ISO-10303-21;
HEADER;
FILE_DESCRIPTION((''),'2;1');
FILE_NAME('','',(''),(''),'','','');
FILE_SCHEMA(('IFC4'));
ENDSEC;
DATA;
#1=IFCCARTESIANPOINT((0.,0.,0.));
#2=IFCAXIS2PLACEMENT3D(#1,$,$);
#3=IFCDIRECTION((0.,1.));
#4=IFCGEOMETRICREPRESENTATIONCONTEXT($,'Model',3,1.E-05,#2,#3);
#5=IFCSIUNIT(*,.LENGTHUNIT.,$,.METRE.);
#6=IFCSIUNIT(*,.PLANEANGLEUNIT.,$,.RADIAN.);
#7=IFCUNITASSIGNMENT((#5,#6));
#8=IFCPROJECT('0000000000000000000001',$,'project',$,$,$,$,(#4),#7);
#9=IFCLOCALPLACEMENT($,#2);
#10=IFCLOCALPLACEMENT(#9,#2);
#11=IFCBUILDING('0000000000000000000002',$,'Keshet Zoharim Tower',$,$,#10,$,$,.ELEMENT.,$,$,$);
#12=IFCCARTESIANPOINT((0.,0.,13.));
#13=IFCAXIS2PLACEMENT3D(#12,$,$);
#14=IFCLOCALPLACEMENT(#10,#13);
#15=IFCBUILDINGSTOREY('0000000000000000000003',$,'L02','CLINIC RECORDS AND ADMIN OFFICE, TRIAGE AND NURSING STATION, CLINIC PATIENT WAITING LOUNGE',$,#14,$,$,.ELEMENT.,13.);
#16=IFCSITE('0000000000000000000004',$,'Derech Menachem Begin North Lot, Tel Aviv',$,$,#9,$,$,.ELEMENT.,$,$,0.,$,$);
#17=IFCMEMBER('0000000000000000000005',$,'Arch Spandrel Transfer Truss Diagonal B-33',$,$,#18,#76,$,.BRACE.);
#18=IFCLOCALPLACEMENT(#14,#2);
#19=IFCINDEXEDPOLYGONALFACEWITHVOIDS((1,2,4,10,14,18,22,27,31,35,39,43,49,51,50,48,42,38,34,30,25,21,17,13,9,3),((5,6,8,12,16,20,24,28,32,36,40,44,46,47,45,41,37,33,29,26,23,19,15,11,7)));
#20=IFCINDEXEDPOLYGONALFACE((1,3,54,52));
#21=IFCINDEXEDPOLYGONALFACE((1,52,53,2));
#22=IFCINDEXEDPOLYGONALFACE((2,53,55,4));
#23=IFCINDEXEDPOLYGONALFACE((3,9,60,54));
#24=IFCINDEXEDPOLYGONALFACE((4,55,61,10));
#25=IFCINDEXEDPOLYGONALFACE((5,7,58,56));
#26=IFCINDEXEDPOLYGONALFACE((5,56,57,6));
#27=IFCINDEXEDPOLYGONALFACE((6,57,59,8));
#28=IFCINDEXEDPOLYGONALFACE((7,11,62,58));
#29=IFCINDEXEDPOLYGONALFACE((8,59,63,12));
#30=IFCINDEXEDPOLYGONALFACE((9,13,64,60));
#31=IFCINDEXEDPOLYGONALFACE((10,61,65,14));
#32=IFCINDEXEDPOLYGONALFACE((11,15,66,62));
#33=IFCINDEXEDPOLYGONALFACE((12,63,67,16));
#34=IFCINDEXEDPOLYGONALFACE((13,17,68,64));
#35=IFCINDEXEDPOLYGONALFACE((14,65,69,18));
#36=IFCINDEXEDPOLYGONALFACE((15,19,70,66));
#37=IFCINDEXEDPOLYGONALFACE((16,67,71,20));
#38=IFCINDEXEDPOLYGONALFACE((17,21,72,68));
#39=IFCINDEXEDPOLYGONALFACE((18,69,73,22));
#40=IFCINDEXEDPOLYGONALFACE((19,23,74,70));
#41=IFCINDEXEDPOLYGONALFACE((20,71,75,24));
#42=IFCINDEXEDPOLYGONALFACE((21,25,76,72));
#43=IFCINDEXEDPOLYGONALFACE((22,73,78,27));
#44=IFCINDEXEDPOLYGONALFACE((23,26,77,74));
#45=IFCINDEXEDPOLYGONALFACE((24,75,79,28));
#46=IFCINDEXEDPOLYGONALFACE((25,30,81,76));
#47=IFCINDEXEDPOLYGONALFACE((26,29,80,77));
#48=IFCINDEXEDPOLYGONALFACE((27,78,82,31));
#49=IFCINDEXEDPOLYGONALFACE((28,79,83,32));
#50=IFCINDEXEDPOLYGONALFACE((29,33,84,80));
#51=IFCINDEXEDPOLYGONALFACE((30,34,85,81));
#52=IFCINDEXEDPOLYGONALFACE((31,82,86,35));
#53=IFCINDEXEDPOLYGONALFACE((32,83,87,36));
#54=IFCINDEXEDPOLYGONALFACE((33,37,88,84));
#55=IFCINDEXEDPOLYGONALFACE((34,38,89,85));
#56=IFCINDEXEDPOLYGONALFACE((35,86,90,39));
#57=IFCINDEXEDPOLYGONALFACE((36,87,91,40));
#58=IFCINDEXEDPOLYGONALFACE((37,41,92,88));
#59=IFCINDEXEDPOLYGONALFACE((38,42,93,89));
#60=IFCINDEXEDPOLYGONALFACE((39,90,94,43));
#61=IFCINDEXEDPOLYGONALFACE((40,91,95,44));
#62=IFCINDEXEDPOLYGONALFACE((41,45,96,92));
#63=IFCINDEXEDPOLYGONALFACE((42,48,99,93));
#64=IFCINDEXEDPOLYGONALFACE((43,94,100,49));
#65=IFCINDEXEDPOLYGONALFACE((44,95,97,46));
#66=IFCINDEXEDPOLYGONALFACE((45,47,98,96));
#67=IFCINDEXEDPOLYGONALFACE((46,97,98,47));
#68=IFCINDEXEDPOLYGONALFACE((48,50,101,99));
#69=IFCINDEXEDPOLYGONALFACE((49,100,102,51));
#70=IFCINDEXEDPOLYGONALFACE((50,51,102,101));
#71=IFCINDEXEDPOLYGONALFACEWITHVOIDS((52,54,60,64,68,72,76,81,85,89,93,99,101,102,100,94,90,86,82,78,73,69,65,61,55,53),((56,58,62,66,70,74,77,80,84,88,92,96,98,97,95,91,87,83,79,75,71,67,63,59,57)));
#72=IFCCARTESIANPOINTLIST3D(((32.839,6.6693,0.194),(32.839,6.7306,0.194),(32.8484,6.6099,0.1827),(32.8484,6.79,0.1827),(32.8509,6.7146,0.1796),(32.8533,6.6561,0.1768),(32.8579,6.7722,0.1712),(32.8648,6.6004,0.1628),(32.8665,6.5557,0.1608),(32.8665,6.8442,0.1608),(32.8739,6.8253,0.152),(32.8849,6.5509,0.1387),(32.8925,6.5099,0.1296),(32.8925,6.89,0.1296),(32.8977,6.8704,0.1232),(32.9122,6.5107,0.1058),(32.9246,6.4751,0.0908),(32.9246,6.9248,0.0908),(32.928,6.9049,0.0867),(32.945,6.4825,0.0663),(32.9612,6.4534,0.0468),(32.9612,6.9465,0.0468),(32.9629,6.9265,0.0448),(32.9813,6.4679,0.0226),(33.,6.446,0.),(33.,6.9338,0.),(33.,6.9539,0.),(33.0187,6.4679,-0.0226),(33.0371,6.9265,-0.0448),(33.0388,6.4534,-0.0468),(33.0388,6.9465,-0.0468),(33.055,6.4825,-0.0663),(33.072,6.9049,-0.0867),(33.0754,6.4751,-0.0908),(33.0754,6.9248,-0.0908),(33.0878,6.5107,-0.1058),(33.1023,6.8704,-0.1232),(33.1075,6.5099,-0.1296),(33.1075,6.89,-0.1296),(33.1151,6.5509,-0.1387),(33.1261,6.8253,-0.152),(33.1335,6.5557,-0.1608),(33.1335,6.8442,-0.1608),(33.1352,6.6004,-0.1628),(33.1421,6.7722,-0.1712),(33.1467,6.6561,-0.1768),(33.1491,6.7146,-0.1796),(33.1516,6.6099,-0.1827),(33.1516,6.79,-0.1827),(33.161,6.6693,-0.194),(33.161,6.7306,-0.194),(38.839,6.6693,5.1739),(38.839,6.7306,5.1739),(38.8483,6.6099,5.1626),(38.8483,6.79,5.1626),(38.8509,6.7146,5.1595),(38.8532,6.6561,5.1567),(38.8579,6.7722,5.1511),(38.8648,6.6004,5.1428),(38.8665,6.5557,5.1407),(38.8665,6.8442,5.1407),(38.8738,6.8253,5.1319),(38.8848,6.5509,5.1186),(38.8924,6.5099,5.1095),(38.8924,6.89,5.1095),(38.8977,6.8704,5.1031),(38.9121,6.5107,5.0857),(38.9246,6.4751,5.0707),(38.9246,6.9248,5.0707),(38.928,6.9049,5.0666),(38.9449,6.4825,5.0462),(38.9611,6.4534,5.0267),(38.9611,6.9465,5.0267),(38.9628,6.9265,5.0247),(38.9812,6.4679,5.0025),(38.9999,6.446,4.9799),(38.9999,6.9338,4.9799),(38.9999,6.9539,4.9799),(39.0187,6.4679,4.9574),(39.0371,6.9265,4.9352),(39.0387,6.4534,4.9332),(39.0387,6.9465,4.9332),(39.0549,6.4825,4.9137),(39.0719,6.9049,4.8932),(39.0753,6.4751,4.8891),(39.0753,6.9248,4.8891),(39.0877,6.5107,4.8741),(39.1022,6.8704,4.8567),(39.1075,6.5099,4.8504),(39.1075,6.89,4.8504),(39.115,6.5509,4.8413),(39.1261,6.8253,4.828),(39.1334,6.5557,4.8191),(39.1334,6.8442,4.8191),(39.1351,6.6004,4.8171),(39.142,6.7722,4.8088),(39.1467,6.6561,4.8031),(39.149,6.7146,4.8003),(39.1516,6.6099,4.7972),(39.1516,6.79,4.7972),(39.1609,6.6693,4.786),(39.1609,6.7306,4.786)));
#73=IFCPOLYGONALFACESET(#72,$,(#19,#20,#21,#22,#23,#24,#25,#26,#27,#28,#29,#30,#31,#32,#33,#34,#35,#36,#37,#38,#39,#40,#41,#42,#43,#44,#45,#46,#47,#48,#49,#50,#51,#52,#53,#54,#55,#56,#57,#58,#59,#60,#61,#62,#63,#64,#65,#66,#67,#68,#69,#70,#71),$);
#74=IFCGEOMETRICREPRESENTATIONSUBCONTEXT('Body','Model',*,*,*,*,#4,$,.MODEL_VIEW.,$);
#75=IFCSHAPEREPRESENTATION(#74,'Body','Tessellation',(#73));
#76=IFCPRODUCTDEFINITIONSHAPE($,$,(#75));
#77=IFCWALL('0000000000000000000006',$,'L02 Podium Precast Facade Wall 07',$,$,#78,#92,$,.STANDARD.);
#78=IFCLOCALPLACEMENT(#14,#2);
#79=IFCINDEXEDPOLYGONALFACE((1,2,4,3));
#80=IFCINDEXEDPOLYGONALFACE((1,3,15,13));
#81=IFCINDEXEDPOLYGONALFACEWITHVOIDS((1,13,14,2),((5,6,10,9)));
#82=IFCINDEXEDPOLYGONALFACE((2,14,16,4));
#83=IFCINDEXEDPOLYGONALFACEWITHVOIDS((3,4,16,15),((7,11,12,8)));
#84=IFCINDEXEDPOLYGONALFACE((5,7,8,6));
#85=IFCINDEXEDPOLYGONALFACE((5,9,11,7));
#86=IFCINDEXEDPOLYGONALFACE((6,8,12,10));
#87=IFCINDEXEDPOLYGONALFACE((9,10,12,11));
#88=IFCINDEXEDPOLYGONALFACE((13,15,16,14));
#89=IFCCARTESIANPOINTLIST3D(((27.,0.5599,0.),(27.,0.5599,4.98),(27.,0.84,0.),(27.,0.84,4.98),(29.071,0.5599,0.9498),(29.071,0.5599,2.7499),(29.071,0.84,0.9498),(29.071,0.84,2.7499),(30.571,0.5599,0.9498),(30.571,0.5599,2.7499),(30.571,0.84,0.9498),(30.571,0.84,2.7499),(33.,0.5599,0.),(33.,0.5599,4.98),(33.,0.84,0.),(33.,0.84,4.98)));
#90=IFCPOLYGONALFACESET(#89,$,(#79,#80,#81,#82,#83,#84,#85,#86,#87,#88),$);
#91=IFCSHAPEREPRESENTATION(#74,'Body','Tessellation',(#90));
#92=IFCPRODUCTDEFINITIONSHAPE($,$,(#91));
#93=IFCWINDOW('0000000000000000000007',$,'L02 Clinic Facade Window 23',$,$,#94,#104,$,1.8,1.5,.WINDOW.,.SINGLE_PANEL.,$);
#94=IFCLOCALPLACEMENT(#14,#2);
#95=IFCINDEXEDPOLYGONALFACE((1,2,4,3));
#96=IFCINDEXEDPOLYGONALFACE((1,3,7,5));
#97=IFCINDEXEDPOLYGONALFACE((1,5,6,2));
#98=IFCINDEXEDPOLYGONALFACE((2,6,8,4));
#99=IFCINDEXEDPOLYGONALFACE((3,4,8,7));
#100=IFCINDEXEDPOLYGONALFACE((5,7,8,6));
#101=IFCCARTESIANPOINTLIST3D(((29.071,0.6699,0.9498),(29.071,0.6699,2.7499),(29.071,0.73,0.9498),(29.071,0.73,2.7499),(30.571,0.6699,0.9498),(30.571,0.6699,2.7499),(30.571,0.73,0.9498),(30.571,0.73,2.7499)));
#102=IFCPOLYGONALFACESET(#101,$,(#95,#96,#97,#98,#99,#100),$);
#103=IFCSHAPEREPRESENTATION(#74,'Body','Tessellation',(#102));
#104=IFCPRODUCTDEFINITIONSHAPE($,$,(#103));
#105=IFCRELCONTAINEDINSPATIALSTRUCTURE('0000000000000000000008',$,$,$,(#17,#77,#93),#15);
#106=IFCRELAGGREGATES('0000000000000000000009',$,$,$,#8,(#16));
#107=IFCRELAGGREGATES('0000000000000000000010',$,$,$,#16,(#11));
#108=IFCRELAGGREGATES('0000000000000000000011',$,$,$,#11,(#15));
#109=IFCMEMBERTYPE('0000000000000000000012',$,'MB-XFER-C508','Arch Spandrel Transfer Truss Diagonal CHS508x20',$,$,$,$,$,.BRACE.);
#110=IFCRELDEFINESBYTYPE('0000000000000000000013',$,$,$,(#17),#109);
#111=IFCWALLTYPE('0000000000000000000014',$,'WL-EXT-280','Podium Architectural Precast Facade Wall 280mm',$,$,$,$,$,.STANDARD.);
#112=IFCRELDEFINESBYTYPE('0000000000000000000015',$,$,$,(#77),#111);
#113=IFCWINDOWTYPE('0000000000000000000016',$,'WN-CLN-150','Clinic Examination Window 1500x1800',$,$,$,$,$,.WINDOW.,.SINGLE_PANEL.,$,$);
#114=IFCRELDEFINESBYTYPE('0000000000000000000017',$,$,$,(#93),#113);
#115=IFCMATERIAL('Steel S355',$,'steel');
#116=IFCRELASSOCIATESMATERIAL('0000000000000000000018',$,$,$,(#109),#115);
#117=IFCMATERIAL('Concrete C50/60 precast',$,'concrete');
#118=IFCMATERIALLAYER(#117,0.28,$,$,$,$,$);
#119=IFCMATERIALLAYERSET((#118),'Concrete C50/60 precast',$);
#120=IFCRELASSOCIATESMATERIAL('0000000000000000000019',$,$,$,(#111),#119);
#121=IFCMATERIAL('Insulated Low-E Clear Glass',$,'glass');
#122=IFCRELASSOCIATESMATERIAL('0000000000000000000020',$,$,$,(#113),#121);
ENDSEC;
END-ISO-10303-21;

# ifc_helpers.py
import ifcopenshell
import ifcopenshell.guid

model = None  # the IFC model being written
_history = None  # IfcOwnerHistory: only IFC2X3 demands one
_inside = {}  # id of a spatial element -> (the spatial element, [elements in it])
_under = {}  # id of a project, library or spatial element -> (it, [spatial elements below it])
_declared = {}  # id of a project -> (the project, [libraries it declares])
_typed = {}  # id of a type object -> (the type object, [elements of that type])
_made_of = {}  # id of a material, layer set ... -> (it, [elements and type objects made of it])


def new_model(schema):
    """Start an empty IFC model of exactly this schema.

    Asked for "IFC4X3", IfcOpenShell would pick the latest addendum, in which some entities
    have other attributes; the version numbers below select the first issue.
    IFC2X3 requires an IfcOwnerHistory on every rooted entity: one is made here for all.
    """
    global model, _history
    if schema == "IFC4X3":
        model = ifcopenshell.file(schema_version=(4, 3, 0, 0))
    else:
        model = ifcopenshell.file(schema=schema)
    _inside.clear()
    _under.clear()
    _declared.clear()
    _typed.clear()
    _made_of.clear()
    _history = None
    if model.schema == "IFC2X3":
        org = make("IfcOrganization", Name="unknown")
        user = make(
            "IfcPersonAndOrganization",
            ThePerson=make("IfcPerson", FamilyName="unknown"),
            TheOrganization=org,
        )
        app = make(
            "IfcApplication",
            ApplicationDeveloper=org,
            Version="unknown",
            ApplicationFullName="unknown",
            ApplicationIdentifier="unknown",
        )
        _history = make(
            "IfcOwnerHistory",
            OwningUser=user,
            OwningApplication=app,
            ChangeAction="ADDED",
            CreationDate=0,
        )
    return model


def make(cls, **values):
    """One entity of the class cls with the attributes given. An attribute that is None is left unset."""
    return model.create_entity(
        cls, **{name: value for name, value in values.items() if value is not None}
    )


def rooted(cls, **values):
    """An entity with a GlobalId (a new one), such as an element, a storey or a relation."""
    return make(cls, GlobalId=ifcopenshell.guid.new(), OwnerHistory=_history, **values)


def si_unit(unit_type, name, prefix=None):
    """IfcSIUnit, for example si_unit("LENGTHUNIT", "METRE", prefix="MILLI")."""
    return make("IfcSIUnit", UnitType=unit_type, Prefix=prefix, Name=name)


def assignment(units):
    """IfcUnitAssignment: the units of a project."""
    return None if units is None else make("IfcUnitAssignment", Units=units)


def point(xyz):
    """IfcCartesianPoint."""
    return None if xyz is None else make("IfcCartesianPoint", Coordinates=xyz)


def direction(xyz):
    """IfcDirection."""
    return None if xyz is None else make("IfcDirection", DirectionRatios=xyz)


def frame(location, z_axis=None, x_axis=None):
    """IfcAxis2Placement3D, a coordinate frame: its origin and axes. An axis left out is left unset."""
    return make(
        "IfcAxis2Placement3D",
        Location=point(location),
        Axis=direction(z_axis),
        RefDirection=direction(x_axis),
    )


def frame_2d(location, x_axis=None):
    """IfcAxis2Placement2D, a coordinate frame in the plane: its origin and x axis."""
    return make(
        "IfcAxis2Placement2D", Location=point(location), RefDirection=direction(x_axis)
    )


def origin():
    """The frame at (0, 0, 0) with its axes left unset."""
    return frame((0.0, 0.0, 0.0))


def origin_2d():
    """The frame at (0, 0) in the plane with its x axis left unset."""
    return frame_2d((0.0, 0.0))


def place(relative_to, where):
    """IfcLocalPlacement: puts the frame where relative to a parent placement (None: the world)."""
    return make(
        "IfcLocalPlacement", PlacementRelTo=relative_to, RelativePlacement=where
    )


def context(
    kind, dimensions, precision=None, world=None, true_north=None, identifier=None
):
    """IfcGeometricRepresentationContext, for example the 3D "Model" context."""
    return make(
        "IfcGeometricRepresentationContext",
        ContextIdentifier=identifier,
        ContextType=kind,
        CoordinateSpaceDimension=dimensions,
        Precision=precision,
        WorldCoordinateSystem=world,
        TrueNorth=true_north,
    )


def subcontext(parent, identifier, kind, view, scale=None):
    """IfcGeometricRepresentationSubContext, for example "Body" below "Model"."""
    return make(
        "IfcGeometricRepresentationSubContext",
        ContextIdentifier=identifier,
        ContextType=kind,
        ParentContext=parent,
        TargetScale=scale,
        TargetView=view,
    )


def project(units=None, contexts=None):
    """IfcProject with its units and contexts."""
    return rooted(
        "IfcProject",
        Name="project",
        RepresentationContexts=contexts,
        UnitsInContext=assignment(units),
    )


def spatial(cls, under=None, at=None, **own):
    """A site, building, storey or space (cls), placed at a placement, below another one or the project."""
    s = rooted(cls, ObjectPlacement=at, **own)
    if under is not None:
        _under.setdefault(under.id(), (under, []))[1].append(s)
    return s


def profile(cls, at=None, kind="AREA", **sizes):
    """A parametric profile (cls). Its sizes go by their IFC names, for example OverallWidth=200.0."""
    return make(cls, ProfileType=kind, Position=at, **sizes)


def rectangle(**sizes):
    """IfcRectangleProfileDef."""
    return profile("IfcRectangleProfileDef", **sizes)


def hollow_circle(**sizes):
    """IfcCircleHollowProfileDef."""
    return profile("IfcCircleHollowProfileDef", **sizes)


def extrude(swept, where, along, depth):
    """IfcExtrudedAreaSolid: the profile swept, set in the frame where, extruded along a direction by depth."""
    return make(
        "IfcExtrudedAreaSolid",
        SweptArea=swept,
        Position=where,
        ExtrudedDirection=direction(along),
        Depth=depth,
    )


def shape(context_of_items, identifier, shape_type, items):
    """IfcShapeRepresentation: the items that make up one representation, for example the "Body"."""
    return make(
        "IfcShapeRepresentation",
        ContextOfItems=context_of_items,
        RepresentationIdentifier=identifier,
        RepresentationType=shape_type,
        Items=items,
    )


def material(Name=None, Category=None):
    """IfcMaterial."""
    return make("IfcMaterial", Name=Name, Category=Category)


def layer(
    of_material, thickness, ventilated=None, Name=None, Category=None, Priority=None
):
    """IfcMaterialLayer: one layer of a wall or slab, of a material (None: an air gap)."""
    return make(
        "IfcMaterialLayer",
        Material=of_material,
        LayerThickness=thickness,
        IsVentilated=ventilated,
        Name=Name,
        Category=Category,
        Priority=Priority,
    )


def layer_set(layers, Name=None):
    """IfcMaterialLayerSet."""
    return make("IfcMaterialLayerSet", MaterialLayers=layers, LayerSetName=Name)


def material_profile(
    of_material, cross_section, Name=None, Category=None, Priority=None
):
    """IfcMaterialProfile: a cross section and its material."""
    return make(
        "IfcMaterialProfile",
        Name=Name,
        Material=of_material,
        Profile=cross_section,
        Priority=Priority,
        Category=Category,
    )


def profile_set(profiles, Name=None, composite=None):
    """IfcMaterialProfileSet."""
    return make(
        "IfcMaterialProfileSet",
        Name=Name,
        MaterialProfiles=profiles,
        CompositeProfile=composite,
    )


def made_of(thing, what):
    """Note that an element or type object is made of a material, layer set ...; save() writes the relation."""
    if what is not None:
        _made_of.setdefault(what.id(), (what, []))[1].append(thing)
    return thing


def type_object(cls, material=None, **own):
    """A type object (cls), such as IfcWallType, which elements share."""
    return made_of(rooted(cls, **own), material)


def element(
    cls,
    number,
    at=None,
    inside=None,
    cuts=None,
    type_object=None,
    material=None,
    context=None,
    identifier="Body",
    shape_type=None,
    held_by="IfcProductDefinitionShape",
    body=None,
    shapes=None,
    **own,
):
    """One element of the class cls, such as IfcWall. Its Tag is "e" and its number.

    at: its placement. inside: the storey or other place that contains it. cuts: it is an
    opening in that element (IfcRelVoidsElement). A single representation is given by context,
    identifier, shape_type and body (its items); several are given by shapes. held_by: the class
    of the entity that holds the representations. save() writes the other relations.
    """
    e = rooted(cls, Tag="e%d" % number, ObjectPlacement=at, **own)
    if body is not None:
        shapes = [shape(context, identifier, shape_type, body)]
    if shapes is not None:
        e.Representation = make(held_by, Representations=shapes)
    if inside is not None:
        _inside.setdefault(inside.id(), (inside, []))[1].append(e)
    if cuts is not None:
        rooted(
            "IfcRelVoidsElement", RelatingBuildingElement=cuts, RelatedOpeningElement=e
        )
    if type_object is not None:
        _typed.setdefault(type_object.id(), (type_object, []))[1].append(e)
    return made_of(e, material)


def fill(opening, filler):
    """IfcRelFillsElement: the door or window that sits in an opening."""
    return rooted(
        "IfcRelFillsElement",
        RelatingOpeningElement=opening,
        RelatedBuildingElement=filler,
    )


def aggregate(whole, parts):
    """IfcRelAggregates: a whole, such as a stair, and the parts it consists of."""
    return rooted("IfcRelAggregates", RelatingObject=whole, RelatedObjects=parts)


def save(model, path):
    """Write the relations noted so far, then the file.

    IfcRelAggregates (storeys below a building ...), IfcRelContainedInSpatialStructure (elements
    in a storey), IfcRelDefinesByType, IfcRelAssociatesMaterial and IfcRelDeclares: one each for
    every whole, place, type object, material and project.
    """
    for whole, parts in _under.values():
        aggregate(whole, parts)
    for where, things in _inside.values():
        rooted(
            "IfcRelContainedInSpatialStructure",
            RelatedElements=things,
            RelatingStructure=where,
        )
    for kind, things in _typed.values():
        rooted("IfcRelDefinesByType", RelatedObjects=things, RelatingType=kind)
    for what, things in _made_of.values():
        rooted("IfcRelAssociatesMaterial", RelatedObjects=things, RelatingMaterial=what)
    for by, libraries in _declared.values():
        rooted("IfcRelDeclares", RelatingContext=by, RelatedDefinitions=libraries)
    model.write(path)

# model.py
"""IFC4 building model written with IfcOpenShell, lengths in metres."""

from ifc_helpers import new_model, si_unit, direction, frame, frame_2d, origin, origin_2d, place, context, subcontext, project, spatial, rectangle, hollow_circle, extrude, material, layer, layer_set, material_profile, profile_set, type_object, element, fill, save


model = new_model("IFC4")

# Units and contexts
model_context = context("Model", 3, precision=1e-05, world=origin(), true_north=direction((0.0, 1.0)))
body_context = subcontext(model_context, "Body", "Model", "MODEL_VIEW")
ifc_project = project(units=[si_unit("LENGTHUNIT", "METRE"), si_unit("PLANEANGLEUNIT", "RADIAN")], contexts=[model_context])

# Site, building, storey
site_placement = place(None, origin())
site = spatial("IfcSite", under=ifc_project, at=site_placement, Name="Derech Menachem Begin North Lot, Tel Aviv", CompositionType="ELEMENT", RefElevation=0.0)
building_placement = place(site_placement, origin())
building = spatial("IfcBuilding", under=site, at=building_placement, Name="Keshet Zoharim Tower", CompositionType="ELEMENT")
storey_placement = place(building_placement, frame((0.0, 0.0, 13.0)))
storey = spatial("IfcBuildingStorey", under=building, at=storey_placement, Name="L02", Description="CLINIC RECORDS AND ADMIN OFFICE, TRIAGE AND NURSING STATION, CLINIC PATIENT WAITING LOUNGE", CompositionType="ELEMENT", Elevation=13.0)

# Shared definitions
ifc_material_1 = material(Name="Steel S355", Category="steel")

# Member
ifc_material_profile_1 = material_profile(ifc_material_1, hollow_circle(Radius=0.2539, WallThickness=0.02, at=origin_2d()), Name="CHS508x20")
ifc_profile_set_1 = profile_set([ifc_material_profile_1], Name="Steel S355")
member_type = type_object("IfcMemberType", Name="MB-XFER-C508", Description="Arch Spandrel Transfer Truss Diagonal CHS508x20", PredefinedType="BRACE", material=ifc_profile_set_1)
for number, where, z_axis, x_axis, name in (
    (1, (33.0, 6.7, 0.0), (0.769482, 0.0, 0.638668), (0.0, 1.0, 0.0), "Arch Spandrel Transfer Truss Diagonal B-33"),
):
    element("IfcMember", number, at=place(storey_placement, frame(where, z_axis=z_axis, x_axis=x_axis)), inside=storey, type_object=member_type, Name=name, PredefinedType="BRACE", context=body_context, shape_type="SweptSolid", body=[
        extrude(hollow_circle(Radius=0.2539, WallThickness=0.02, at=origin_2d()), origin(), (0.0, 0.0, 1.0), 7.7974),
    ])

# Wall, opening, window
ifc_material_2 = material(Name="Concrete C50/60 precast", Category="concrete")
ifc_layer_1 = layer(ifc_material_2, 0.28)
ifc_layer_set_1 = layer_set([ifc_layer_1], Name="Concrete C50/60 precast")
wall_type_1 = type_object("IfcWallType", Name="WL-EXT-280", Description="Podium Architectural Precast Facade Wall 280mm", PredefinedType="STANDARD", material=ifc_layer_set_1)
wall_1_placement = place(storey_placement, frame((33.0, 0.7, 0.0), z_axis=(0.0, 0.0, 1.0), x_axis=(-1.0, 0.0, 0.0)))
wall_1 = element("IfcWall", 2, at=wall_1_placement, inside=storey, type_object=wall_type_1, Name="L02 Podium Precast Facade Wall 07", PredefinedType="STANDARD", context=body_context, shape_type="SweptSolid", body=[
    extrude(rectangle(XDim=6.0, YDim=0.28, at=frame_2d((3.0, 0.0))), origin(), (0.0, 0.0, 1.0), 4.98),
])
opening_1_placement = place(wall_1_placement, frame((2.429, 0.0, 0.95)))
opening_1 = element("IfcOpeningElement", 3, at=opening_1_placement, cuts=wall_1, PredefinedType="OPENING", context=body_context, shape_type="SweptSolid", body=[
    extrude(rectangle(XDim=1.5, YDim=1.8, at=frame_2d((0.75, 0.8999))), frame((0.0, 0.1499, 0.0), z_axis=(0.0, -1.0, 0.0), x_axis=(1.0, 0.0, 0.0)), (0.0, 0.0, 1.0), 0.3),
])
ifc_material_3 = material(Name="Insulated Low-E Clear Glass", Category="glass")
window_type = type_object("IfcWindowType", Name="WN-CLN-150", Description="Clinic Examination Window 1500x1800", PartitioningType="SINGLE_PANEL", PredefinedType="WINDOW", material=ifc_material_3)
window_1_placement = place(opening_1_placement, origin())
window_1 = element("IfcWindow", 4, at=window_1_placement, inside=storey, type_object=window_type, Name="L02 Clinic Facade Window 23", OverallHeight=1.8, OverallWidth=1.5, PartitioningType="SINGLE_PANEL", PredefinedType="WINDOW", context=body_context, shape_type="SweptSolid", body=[
    extrude(rectangle(XDim=1.5, YDim=1.8, at=frame_2d((0.75, 0.8999))), frame((0.0, 0.03, 0.0), z_axis=(0.0, -1.0, 0.0), x_axis=(1.0, 0.0, 0.0)), (0.0, 0.0, 1.0), 0.0601),
])
fill(opening_1, window_1)

save(model, "model.ifc")
